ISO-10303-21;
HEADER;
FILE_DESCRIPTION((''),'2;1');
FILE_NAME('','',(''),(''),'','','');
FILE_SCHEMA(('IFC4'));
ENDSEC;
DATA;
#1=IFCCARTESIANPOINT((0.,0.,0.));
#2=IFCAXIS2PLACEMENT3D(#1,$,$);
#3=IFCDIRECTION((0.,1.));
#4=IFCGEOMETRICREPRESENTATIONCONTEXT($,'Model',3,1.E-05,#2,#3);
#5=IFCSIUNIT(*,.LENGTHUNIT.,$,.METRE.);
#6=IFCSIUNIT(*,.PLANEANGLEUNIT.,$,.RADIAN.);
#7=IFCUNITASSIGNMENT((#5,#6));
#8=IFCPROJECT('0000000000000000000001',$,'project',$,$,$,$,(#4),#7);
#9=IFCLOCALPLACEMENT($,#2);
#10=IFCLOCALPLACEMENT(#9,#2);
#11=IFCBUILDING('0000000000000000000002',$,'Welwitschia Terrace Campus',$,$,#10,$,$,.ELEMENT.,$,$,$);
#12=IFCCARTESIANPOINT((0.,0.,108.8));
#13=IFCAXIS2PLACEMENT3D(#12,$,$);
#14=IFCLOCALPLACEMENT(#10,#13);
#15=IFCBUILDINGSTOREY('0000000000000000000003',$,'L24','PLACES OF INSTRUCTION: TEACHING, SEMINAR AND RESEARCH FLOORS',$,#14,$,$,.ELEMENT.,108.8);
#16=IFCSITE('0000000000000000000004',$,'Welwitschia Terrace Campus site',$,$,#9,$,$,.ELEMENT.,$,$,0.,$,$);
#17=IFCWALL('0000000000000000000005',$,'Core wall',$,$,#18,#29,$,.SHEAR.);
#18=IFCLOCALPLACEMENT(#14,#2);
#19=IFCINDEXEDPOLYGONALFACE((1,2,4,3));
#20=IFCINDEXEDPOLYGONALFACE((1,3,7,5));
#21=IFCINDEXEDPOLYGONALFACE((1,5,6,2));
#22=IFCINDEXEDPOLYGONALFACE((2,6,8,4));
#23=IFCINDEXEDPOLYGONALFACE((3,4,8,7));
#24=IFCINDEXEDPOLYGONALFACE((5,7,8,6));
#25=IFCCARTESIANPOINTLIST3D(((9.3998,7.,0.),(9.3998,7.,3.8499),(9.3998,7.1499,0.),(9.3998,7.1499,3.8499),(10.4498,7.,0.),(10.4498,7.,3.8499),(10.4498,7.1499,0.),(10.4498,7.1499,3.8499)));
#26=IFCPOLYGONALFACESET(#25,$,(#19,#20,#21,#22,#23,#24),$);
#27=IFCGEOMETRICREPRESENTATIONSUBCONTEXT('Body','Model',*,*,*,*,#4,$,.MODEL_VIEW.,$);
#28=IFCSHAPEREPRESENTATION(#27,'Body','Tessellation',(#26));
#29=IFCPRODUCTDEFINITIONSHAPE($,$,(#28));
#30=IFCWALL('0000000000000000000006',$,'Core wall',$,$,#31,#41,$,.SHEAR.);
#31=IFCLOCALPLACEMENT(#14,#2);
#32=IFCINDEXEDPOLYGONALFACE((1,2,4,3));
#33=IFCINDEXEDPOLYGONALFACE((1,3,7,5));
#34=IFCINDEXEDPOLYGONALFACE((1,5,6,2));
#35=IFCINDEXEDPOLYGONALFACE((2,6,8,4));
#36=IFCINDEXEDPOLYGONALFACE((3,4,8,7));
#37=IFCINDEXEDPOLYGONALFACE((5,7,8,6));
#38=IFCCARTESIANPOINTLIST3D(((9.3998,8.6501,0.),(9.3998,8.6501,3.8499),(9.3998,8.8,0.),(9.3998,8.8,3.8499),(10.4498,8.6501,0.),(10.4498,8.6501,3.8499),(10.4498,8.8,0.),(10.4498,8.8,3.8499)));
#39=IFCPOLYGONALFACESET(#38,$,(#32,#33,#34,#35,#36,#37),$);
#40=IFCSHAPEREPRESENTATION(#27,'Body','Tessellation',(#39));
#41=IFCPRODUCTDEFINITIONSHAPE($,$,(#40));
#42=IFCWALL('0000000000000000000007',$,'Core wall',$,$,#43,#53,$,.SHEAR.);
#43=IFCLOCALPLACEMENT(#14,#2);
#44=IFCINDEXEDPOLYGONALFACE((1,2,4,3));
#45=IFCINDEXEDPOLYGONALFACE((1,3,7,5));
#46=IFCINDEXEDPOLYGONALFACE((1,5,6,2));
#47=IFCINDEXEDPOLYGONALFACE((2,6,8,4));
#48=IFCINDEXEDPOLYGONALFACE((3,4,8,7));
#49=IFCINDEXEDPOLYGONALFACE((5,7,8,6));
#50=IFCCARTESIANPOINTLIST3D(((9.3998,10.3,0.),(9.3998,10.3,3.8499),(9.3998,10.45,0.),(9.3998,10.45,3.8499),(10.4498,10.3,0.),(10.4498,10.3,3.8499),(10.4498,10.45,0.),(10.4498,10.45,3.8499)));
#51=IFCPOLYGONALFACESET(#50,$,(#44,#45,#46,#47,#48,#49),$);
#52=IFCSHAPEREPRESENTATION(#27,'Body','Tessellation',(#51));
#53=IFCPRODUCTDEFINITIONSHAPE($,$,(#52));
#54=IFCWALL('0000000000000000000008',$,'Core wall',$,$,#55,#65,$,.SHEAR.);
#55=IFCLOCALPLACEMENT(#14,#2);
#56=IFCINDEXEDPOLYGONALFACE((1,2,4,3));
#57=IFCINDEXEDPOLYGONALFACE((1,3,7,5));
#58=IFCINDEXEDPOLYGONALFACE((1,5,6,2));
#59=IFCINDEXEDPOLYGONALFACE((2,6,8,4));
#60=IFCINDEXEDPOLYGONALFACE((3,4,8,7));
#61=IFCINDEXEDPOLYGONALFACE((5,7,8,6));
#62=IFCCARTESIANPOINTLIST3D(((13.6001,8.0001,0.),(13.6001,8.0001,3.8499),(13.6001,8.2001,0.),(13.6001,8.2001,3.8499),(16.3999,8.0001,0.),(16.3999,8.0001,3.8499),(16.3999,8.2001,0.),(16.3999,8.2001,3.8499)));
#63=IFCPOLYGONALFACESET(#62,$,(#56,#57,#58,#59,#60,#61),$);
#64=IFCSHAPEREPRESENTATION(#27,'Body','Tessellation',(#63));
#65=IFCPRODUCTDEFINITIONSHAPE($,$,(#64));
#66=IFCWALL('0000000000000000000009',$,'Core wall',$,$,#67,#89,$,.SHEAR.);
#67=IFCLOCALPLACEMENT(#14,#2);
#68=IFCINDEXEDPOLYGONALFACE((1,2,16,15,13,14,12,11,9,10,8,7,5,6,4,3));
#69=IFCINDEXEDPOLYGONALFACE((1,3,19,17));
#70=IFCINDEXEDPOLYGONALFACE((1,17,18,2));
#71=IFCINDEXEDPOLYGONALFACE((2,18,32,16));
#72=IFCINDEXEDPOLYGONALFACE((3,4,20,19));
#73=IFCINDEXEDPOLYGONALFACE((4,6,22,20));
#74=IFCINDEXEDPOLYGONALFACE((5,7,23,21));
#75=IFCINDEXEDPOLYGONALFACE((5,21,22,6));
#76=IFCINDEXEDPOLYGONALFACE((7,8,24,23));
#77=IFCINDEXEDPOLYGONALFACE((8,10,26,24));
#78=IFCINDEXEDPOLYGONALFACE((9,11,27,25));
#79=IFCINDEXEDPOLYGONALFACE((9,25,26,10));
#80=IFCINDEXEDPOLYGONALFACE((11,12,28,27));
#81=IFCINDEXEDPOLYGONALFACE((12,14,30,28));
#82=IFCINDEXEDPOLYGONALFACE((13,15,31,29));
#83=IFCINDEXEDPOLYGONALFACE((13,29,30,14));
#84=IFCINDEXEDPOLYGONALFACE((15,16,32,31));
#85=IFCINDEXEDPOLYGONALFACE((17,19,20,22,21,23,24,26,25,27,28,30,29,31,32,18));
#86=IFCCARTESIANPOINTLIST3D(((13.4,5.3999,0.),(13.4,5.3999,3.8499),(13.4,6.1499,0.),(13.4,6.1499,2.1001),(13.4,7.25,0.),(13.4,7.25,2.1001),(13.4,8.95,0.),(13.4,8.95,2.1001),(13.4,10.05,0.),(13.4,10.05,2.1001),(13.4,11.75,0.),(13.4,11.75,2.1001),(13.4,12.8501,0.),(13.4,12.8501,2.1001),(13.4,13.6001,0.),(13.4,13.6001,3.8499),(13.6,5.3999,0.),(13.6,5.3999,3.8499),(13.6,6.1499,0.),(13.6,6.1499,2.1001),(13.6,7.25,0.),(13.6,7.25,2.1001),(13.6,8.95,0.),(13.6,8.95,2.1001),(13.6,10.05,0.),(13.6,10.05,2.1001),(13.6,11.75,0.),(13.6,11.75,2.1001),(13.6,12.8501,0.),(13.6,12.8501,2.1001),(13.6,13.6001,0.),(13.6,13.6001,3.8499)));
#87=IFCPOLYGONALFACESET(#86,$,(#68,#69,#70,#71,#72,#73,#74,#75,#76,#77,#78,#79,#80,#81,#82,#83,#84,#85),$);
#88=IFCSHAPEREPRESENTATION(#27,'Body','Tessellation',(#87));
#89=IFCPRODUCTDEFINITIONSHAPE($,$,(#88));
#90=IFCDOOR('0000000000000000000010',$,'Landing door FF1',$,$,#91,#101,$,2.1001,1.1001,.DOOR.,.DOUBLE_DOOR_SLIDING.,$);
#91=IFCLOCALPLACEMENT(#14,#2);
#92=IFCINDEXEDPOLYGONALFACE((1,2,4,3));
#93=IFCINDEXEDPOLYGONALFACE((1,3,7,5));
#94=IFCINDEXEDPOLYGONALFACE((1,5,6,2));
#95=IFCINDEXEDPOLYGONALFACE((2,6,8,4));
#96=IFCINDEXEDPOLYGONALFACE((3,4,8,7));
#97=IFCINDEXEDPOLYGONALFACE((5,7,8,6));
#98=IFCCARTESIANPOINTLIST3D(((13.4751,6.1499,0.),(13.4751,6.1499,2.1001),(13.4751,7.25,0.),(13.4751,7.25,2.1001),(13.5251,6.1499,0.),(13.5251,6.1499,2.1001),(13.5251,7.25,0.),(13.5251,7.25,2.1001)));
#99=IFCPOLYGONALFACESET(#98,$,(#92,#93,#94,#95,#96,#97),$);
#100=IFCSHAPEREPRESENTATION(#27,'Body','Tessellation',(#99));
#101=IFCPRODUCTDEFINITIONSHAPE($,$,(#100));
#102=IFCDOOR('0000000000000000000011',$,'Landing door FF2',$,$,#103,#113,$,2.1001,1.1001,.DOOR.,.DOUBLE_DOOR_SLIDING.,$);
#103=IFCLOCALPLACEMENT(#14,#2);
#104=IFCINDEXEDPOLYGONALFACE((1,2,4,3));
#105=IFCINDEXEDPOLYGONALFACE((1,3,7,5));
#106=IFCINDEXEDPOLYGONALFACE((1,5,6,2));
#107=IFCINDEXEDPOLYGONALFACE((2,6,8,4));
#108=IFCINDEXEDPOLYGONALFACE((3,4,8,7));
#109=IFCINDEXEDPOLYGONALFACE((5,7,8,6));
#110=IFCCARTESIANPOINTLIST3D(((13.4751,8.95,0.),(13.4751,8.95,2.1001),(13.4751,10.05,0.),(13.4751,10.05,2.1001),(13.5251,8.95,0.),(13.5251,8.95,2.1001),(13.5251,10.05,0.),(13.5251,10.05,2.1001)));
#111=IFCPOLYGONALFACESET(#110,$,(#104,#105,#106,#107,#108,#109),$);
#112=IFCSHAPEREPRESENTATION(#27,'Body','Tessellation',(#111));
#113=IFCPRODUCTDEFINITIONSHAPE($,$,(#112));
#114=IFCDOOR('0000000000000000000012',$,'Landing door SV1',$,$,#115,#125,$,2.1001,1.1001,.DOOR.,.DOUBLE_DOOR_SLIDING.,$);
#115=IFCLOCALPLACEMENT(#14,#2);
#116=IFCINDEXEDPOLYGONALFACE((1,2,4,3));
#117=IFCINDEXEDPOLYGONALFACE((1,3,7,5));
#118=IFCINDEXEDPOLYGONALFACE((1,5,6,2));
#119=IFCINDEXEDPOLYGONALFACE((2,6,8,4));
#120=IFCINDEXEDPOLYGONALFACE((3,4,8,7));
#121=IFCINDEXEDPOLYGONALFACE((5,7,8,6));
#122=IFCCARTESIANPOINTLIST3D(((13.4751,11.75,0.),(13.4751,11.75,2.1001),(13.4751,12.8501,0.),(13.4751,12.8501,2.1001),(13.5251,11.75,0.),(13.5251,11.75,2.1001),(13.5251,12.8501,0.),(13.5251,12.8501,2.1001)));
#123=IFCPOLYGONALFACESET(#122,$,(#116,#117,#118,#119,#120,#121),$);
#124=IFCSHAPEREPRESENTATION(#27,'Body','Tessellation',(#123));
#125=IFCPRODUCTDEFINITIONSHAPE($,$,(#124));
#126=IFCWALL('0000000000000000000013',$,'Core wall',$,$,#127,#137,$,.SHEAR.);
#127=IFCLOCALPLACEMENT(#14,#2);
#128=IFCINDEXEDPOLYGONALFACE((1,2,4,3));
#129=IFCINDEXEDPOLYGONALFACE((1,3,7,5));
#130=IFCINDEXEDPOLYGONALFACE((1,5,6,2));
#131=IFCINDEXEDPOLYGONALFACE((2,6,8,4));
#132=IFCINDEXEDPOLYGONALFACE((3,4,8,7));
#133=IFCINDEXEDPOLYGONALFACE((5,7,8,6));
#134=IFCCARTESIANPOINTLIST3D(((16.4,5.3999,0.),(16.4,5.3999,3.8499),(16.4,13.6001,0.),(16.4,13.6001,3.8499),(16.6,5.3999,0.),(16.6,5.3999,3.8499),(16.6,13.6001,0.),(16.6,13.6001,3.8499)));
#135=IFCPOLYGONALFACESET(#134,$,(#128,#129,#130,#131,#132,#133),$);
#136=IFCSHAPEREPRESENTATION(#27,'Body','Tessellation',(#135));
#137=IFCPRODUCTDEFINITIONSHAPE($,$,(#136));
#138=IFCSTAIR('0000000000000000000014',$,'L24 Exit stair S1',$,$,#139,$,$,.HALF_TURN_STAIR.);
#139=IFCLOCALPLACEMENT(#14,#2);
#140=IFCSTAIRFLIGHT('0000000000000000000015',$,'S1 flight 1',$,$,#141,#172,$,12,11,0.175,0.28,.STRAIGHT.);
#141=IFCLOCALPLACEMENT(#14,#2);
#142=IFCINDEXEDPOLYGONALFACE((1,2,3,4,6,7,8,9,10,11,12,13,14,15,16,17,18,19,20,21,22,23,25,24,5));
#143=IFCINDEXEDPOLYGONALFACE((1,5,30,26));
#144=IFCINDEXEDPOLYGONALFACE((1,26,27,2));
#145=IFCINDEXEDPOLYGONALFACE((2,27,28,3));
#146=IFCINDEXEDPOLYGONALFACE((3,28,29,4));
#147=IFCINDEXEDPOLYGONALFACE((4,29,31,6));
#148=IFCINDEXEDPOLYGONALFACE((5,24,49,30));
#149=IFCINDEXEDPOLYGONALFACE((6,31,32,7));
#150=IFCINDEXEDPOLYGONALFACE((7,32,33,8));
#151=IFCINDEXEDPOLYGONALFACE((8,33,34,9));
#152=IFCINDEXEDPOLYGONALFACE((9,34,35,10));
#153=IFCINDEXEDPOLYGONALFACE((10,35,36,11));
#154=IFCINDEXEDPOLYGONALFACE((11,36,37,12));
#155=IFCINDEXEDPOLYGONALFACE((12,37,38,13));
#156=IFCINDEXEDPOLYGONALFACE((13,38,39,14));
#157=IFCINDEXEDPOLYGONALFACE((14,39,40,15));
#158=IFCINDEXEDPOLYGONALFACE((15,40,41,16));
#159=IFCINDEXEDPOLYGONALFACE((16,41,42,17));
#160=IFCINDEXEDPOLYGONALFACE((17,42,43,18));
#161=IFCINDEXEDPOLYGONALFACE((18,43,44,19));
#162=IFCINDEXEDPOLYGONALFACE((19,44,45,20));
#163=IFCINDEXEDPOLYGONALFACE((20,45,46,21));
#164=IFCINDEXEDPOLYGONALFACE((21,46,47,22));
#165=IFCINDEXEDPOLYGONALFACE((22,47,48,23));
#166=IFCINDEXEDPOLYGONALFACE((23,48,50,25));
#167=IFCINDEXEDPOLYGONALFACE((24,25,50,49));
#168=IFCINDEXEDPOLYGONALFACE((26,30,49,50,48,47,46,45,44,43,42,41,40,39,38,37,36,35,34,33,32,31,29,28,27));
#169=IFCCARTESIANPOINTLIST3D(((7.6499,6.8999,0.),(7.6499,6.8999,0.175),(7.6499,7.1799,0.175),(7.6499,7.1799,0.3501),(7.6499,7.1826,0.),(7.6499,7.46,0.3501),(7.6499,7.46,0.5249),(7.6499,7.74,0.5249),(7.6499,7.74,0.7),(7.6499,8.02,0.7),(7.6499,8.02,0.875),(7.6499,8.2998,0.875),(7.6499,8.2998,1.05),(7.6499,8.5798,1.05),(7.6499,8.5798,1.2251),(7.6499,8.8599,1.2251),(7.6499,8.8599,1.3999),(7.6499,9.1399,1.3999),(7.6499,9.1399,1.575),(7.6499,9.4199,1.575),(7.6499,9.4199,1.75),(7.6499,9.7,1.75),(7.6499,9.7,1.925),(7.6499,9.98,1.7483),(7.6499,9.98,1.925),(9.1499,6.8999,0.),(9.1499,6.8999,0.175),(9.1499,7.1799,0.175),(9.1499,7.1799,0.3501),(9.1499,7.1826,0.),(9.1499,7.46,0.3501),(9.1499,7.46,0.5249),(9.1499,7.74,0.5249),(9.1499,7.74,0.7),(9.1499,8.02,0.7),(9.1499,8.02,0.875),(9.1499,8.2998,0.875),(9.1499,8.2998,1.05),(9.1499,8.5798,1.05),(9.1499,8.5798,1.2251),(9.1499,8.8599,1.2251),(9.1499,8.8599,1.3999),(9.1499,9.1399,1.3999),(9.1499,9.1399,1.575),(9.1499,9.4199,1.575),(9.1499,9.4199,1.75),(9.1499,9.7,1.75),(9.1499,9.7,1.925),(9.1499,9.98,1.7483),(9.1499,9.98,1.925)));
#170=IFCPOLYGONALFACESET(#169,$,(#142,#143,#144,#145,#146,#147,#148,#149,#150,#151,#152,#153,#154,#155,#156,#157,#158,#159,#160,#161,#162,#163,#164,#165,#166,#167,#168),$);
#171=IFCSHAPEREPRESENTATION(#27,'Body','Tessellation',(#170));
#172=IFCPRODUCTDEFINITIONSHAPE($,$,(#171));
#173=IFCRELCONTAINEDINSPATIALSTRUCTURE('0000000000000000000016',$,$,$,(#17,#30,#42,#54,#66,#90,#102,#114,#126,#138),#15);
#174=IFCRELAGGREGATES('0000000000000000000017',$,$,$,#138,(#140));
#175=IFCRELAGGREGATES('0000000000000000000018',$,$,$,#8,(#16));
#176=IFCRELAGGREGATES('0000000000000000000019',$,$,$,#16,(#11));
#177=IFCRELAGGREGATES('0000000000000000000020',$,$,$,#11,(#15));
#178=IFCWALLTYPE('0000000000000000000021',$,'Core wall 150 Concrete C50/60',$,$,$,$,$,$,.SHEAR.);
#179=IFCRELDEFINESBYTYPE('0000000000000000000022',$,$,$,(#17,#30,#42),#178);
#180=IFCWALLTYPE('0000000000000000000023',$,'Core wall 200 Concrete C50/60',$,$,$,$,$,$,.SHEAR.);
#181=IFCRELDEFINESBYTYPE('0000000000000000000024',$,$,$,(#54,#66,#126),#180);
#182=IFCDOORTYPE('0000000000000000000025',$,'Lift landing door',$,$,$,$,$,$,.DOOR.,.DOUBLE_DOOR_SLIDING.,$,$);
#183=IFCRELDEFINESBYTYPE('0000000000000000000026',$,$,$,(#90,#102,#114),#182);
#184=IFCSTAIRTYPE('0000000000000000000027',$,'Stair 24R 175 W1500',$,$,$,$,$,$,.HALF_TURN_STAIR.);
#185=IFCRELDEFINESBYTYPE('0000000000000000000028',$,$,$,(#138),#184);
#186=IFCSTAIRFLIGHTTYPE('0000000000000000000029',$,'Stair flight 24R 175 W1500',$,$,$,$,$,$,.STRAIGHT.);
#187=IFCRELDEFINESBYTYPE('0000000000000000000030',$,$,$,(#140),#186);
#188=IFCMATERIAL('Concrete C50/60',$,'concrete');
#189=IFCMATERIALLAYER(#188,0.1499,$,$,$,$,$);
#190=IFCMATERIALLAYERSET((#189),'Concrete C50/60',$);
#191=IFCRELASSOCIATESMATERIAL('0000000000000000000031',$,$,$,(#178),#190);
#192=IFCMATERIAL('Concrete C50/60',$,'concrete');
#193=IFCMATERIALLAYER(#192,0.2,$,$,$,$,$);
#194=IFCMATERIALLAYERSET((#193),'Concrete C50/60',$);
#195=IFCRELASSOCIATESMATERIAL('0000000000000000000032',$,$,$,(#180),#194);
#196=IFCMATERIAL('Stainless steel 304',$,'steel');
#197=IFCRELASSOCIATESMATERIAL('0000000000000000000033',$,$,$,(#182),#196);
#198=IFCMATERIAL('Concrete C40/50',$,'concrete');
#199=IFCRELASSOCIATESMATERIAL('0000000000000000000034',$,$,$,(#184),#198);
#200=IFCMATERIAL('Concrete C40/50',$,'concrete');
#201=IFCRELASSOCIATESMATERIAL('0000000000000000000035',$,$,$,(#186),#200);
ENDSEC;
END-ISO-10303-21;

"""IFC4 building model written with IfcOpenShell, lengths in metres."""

from ifc_helpers import new_model, si_unit, direction, frame, frame_2d, origin, place, context, subcontext, project, spatial, polyline, rectangle, outline, extrude, material, layer, layer_set, type_object, element, fill, aggregate, save


model = new_model("IFC4")

# Units and contexts
model_context = context("Model", 3, precision=1e-05, world=origin(), true_north=direction((0.0, 1.0)))
body_context = subcontext(model_context, "Body", "Model", "MODEL_VIEW")
ifc_project = project(units=[si_unit("LENGTHUNIT", "METRE"), si_unit("PLANEANGLEUNIT", "RADIAN")], contexts=[model_context])

# Site, building, storey
site_placement = place(None, origin())
site = spatial("IfcSite", under=ifc_project, at=site_placement, Name="Welwitschia Terrace Campus site", CompositionType="ELEMENT", RefElevation=0.0)
building_placement = place(site_placement, origin())
building = spatial("IfcBuilding", under=site, at=building_placement, Name="Welwitschia Terrace Campus", CompositionType="ELEMENT")
storey_placement = place(building_placement, frame((0.0, 0.0, 108.8)))
storey = spatial("IfcBuildingStorey", under=building, at=storey_placement, Name="L24", Description="PLACES OF INSTRUCTION: TEACHING, SEMINAR AND RESEARCH FLOORS", CompositionType="ELEMENT", Elevation=108.8)

# Walls
ifc_material_1 = material(Name="Concrete C50/60", Category="concrete")
ifc_layer_1 = layer(ifc_material_1, 0.1499)
ifc_layer_set_1 = layer_set([ifc_layer_1], Name="Concrete C50/60")
wall_type_1 = type_object("IfcWallType", Name="Core wall 150 Concrete C50/60", PredefinedType="SHEAR", material=ifc_layer_set_1)
for number, where, z_axis, x_axis, name in (
    (1, (9.3999, 7.075, 0.0), (0.0, 0.0, 1.0), (1.0, 0.0, 0.0), "Core wall"),
    (2, (9.3999, 8.7251, 0.0), (0.0, 0.0, 1.0), (1.0, 0.0, 0.0), "Core wall"),
    (3, (9.3999, 10.375, 0.0), (0.0, 0.0, 1.0), (1.0, 0.0, 0.0), "Core wall"),
):
    element("IfcWall", number, at=place(storey_placement, frame(where, z_axis=z_axis, x_axis=x_axis)), inside=storey, type_object=wall_type_1, Name=name, PredefinedType="SHEAR", context=body_context, shape_type="SweptSolid", body=[
        extrude(rectangle(XDim=1.05, YDim=0.1499, at=frame_2d((0.5249, 0.0))), origin(), (0.0, 0.0, 1.0), 3.8499),
    ])
ifc_material_2 = material(Name="Concrete C50/60", Category="concrete")
ifc_layer_2 = layer(ifc_material_2, 0.2)
ifc_layer_set_2 = layer_set([ifc_layer_2], Name="Concrete C50/60")
wall_type_2 = type_object("IfcWallType", Name="Core wall 200 Concrete C50/60", PredefinedType="SHEAR", material=ifc_layer_set_2)
wall_1_placement = place(storey_placement, frame((13.6001, 8.1001, 0.0), z_axis=(0.0, 0.0, 1.0), x_axis=(1.0, 0.0, 0.0)))
element("IfcWall", 4, at=wall_1_placement, inside=storey, type_object=wall_type_2, Name="Core wall", PredefinedType="SHEAR", context=body_context, shape_type="SweptSolid", body=[
    extrude(rectangle(XDim=2.7998, YDim=0.2, at=frame_2d((1.3999, 0.0))), origin(), (0.0, 0.0, 1.0), 3.8499),
])

# Wall, openings, doors
wall_2_placement = place(storey_placement, frame((13.5, 5.3999, 0.0), z_axis=(0.0, 0.0, 1.0), x_axis=(0.0, 1.0, 0.0)))
wall_2 = element("IfcWall", 5, at=wall_2_placement, inside=storey, type_object=wall_type_2, Name="Core wall", PredefinedType="SHEAR", context=body_context, shape_type="SweptSolid", body=[
    extrude(rectangle(XDim=8.2002, YDim=0.2, at=frame_2d((4.1001, 0.0))), origin(), (0.0, 0.0, 1.0), 3.8499),
])
opening_1_placement = place(wall_2_placement, frame((0.75, 0.0, 0.0)))
opening_1 = element("IfcOpeningElement", 6, at=opening_1_placement, cuts=wall_2, PredefinedType="OPENING", context=body_context, shape_type="SweptSolid", body=[
    extrude(rectangle(XDim=1.1001, YDim=2.1001, at=frame_2d((0.55, 1.05))), frame((0.0, 0.1099, 0.0), z_axis=(0.0, -1.0, 0.0), x_axis=(1.0, 0.0, 0.0)), (0.0, 0.0, 1.0), 0.22),
])
opening_2_placement = place(wall_2_placement, frame((3.55, 0.0, 0.0)))
opening_2 = element("IfcOpeningElement", 7, at=opening_2_placement, cuts=wall_2, PredefinedType="OPENING", context=body_context, shape_type="SweptSolid", body=[
    extrude(rectangle(XDim=1.1001, YDim=2.1001, at=frame_2d((0.55, 1.05))), frame((0.0, 0.1099, 0.0), z_axis=(0.0, -1.0, 0.0), x_axis=(1.0, 0.0, 0.0)), (0.0, 0.0, 1.0), 0.22),
])
opening_3_placement = place(wall_2_placement, frame((6.3501, 0.0, 0.0)))
opening_3 = element("IfcOpeningElement", 8, at=opening_3_placement, cuts=wall_2, PredefinedType="OPENING", context=body_context, shape_type="SweptSolid", body=[
    extrude(rectangle(XDim=1.1001, YDim=2.1001, at=frame_2d((0.55, 1.05))), frame((0.0, 0.1099, 0.0), z_axis=(0.0, -1.0, 0.0), x_axis=(1.0, 0.0, 0.0)), (0.0, 0.0, 1.0), 0.22),
])
ifc_material_3 = material(Name="Stainless steel 304", Category="steel")
door_type = type_object("IfcDoorType", Name="Lift landing door", OperationType="DOUBLE_DOOR_SLIDING", PredefinedType="DOOR", material=ifc_material_3)
door_1_placement = place(opening_1_placement, origin())
door_1 = element("IfcDoor", 9, at=door_1_placement, inside=storey, type_object=door_type, Name="Landing door FF1", OperationType="DOUBLE_DOOR_SLIDING", OverallHeight=2.1001, OverallWidth=1.1001, PredefinedType="DOOR", context=body_context, shape_type="SweptSolid", body=[
    extrude(rectangle(XDim=1.1001, YDim=2.1001, at=frame_2d((0.55, 1.05))), frame((0.0, 0.0249, 0.0), z_axis=(0.0, -1.0, 0.0), x_axis=(1.0, 0.0, 0.0)), (0.0, 0.0, 1.0), 0.05),
])
fill(opening_1, door_1)
door_2_placement = place(opening_2_placement, origin())
door_2 = element("IfcDoor", 10, at=door_2_placement, inside=storey, type_object=door_type, Name="Landing door FF2", OperationType="DOUBLE_DOOR_SLIDING", OverallHeight=2.1001, OverallWidth=1.1001, PredefinedType="DOOR", context=body_context, shape_type="SweptSolid", body=[
    extrude(rectangle(XDim=1.1001, YDim=2.1001, at=frame_2d((0.55, 1.05))), frame((0.0, 0.0249, 0.0), z_axis=(0.0, -1.0, 0.0), x_axis=(1.0, 0.0, 0.0)), (0.0, 0.0, 1.0), 0.05),
])
fill(opening_2, door_2)
door_3_placement = place(opening_3_placement, origin())
door_3 = element("IfcDoor", 11, at=door_3_placement, inside=storey, type_object=door_type, Name="Landing door SV1", OperationType="DOUBLE_DOOR_SLIDING", OverallHeight=2.1001, OverallWidth=1.1001, PredefinedType="DOOR", context=body_context, shape_type="SweptSolid", body=[
    extrude(rectangle(XDim=1.1001, YDim=2.1001, at=frame_2d((0.55, 1.05))), frame((0.0, 0.0249, 0.0), z_axis=(0.0, -1.0, 0.0), x_axis=(1.0, 0.0, 0.0)), (0.0, 0.0, 1.0), 0.05),
])
fill(opening_3, door_3)

# Wall
wall_3_placement = place(storey_placement, frame((16.5, 5.3999, 0.0), z_axis=(0.0, 0.0, 1.0), x_axis=(0.0, 1.0, 0.0)))
element("IfcWall", 12, at=wall_3_placement, inside=storey, type_object=wall_type_2, Name="Core wall", PredefinedType="SHEAR", context=body_context, shape_type="SweptSolid", body=[
    extrude(rectangle(XDim=8.2002, YDim=0.2, at=frame_2d((4.1001, 0.0))), origin(), (0.0, 0.0, 1.0), 3.8499),
])

# Stair, stair flight
ifc_material_4 = material(Name="Concrete C40/50", Category="concrete")
stair_type = type_object("IfcStairType", Name="Stair 24R 175 W1500", PredefinedType="HALF_TURN_STAIR", material=ifc_material_4)
stair_placement = place(storey_placement, origin())
stair = element("IfcStair", 13, at=stair_placement, inside=storey, type_object=stair_type, Name="L24 Exit stair S1", PredefinedType="HALF_TURN_STAIR")
ifc_material_5 = material(Name="Concrete C40/50", Category="concrete")
stair_flight_type = type_object("IfcStairFlightType", Name="Stair flight 24R 175 W1500", PredefinedType="STRAIGHT", material=ifc_material_5)
stair_flight_1_placement = place(storey_placement, frame((8.3999, 6.8999, 0.0), z_axis=(0.0, 0.0, 1.0), x_axis=(0.0, 1.0, 0.0)))
stair_flight_1 = element("IfcStairFlight", 14, at=stair_flight_1_placement, type_object=stair_flight_type, Name="S1 flight 1", NumberOfRisers=12, NumberOfTreads=11, PredefinedType="STRAIGHT", RiserHeight=0.175, TreadLength=0.28, context=body_context, shape_type="SweptSolid", body=[
    extrude(outline(polyline([(0.0, 0.0), (0.0, 0.175), (0.28, 0.175), (0.28, 0.3501), (0.5601, 0.3501), (0.5601, 0.5249), (0.8401, 0.5249), (0.8401, 0.7), (1.1201, 0.7), (1.1201, 0.875), (1.3999, 0.875), (1.3999, 1.05), (1.6799, 1.05), (1.6799, 1.2251), (1.96, 1.2251), (1.96, 1.3999), (2.24, 1.3999), (2.24, 1.575), (2.52, 1.575), (2.52, 1.75), (2.8, 1.75), (2.8, 1.925), (3.0801, 1.925), (3.0801, 2.1001), (3.0801, 1.7483), (0.2827, 0.0), (0.0, 0.0)])), frame((0.0, 0.75, 0.0), z_axis=(0.0, -1.0, 0.0), x_axis=(1.0, 0.0, 0.0)), (0.0, 0.0, 1.0), 1.5),
])
aggregate(stair, [stair_flight_1])

save(model, "model.ifc")
